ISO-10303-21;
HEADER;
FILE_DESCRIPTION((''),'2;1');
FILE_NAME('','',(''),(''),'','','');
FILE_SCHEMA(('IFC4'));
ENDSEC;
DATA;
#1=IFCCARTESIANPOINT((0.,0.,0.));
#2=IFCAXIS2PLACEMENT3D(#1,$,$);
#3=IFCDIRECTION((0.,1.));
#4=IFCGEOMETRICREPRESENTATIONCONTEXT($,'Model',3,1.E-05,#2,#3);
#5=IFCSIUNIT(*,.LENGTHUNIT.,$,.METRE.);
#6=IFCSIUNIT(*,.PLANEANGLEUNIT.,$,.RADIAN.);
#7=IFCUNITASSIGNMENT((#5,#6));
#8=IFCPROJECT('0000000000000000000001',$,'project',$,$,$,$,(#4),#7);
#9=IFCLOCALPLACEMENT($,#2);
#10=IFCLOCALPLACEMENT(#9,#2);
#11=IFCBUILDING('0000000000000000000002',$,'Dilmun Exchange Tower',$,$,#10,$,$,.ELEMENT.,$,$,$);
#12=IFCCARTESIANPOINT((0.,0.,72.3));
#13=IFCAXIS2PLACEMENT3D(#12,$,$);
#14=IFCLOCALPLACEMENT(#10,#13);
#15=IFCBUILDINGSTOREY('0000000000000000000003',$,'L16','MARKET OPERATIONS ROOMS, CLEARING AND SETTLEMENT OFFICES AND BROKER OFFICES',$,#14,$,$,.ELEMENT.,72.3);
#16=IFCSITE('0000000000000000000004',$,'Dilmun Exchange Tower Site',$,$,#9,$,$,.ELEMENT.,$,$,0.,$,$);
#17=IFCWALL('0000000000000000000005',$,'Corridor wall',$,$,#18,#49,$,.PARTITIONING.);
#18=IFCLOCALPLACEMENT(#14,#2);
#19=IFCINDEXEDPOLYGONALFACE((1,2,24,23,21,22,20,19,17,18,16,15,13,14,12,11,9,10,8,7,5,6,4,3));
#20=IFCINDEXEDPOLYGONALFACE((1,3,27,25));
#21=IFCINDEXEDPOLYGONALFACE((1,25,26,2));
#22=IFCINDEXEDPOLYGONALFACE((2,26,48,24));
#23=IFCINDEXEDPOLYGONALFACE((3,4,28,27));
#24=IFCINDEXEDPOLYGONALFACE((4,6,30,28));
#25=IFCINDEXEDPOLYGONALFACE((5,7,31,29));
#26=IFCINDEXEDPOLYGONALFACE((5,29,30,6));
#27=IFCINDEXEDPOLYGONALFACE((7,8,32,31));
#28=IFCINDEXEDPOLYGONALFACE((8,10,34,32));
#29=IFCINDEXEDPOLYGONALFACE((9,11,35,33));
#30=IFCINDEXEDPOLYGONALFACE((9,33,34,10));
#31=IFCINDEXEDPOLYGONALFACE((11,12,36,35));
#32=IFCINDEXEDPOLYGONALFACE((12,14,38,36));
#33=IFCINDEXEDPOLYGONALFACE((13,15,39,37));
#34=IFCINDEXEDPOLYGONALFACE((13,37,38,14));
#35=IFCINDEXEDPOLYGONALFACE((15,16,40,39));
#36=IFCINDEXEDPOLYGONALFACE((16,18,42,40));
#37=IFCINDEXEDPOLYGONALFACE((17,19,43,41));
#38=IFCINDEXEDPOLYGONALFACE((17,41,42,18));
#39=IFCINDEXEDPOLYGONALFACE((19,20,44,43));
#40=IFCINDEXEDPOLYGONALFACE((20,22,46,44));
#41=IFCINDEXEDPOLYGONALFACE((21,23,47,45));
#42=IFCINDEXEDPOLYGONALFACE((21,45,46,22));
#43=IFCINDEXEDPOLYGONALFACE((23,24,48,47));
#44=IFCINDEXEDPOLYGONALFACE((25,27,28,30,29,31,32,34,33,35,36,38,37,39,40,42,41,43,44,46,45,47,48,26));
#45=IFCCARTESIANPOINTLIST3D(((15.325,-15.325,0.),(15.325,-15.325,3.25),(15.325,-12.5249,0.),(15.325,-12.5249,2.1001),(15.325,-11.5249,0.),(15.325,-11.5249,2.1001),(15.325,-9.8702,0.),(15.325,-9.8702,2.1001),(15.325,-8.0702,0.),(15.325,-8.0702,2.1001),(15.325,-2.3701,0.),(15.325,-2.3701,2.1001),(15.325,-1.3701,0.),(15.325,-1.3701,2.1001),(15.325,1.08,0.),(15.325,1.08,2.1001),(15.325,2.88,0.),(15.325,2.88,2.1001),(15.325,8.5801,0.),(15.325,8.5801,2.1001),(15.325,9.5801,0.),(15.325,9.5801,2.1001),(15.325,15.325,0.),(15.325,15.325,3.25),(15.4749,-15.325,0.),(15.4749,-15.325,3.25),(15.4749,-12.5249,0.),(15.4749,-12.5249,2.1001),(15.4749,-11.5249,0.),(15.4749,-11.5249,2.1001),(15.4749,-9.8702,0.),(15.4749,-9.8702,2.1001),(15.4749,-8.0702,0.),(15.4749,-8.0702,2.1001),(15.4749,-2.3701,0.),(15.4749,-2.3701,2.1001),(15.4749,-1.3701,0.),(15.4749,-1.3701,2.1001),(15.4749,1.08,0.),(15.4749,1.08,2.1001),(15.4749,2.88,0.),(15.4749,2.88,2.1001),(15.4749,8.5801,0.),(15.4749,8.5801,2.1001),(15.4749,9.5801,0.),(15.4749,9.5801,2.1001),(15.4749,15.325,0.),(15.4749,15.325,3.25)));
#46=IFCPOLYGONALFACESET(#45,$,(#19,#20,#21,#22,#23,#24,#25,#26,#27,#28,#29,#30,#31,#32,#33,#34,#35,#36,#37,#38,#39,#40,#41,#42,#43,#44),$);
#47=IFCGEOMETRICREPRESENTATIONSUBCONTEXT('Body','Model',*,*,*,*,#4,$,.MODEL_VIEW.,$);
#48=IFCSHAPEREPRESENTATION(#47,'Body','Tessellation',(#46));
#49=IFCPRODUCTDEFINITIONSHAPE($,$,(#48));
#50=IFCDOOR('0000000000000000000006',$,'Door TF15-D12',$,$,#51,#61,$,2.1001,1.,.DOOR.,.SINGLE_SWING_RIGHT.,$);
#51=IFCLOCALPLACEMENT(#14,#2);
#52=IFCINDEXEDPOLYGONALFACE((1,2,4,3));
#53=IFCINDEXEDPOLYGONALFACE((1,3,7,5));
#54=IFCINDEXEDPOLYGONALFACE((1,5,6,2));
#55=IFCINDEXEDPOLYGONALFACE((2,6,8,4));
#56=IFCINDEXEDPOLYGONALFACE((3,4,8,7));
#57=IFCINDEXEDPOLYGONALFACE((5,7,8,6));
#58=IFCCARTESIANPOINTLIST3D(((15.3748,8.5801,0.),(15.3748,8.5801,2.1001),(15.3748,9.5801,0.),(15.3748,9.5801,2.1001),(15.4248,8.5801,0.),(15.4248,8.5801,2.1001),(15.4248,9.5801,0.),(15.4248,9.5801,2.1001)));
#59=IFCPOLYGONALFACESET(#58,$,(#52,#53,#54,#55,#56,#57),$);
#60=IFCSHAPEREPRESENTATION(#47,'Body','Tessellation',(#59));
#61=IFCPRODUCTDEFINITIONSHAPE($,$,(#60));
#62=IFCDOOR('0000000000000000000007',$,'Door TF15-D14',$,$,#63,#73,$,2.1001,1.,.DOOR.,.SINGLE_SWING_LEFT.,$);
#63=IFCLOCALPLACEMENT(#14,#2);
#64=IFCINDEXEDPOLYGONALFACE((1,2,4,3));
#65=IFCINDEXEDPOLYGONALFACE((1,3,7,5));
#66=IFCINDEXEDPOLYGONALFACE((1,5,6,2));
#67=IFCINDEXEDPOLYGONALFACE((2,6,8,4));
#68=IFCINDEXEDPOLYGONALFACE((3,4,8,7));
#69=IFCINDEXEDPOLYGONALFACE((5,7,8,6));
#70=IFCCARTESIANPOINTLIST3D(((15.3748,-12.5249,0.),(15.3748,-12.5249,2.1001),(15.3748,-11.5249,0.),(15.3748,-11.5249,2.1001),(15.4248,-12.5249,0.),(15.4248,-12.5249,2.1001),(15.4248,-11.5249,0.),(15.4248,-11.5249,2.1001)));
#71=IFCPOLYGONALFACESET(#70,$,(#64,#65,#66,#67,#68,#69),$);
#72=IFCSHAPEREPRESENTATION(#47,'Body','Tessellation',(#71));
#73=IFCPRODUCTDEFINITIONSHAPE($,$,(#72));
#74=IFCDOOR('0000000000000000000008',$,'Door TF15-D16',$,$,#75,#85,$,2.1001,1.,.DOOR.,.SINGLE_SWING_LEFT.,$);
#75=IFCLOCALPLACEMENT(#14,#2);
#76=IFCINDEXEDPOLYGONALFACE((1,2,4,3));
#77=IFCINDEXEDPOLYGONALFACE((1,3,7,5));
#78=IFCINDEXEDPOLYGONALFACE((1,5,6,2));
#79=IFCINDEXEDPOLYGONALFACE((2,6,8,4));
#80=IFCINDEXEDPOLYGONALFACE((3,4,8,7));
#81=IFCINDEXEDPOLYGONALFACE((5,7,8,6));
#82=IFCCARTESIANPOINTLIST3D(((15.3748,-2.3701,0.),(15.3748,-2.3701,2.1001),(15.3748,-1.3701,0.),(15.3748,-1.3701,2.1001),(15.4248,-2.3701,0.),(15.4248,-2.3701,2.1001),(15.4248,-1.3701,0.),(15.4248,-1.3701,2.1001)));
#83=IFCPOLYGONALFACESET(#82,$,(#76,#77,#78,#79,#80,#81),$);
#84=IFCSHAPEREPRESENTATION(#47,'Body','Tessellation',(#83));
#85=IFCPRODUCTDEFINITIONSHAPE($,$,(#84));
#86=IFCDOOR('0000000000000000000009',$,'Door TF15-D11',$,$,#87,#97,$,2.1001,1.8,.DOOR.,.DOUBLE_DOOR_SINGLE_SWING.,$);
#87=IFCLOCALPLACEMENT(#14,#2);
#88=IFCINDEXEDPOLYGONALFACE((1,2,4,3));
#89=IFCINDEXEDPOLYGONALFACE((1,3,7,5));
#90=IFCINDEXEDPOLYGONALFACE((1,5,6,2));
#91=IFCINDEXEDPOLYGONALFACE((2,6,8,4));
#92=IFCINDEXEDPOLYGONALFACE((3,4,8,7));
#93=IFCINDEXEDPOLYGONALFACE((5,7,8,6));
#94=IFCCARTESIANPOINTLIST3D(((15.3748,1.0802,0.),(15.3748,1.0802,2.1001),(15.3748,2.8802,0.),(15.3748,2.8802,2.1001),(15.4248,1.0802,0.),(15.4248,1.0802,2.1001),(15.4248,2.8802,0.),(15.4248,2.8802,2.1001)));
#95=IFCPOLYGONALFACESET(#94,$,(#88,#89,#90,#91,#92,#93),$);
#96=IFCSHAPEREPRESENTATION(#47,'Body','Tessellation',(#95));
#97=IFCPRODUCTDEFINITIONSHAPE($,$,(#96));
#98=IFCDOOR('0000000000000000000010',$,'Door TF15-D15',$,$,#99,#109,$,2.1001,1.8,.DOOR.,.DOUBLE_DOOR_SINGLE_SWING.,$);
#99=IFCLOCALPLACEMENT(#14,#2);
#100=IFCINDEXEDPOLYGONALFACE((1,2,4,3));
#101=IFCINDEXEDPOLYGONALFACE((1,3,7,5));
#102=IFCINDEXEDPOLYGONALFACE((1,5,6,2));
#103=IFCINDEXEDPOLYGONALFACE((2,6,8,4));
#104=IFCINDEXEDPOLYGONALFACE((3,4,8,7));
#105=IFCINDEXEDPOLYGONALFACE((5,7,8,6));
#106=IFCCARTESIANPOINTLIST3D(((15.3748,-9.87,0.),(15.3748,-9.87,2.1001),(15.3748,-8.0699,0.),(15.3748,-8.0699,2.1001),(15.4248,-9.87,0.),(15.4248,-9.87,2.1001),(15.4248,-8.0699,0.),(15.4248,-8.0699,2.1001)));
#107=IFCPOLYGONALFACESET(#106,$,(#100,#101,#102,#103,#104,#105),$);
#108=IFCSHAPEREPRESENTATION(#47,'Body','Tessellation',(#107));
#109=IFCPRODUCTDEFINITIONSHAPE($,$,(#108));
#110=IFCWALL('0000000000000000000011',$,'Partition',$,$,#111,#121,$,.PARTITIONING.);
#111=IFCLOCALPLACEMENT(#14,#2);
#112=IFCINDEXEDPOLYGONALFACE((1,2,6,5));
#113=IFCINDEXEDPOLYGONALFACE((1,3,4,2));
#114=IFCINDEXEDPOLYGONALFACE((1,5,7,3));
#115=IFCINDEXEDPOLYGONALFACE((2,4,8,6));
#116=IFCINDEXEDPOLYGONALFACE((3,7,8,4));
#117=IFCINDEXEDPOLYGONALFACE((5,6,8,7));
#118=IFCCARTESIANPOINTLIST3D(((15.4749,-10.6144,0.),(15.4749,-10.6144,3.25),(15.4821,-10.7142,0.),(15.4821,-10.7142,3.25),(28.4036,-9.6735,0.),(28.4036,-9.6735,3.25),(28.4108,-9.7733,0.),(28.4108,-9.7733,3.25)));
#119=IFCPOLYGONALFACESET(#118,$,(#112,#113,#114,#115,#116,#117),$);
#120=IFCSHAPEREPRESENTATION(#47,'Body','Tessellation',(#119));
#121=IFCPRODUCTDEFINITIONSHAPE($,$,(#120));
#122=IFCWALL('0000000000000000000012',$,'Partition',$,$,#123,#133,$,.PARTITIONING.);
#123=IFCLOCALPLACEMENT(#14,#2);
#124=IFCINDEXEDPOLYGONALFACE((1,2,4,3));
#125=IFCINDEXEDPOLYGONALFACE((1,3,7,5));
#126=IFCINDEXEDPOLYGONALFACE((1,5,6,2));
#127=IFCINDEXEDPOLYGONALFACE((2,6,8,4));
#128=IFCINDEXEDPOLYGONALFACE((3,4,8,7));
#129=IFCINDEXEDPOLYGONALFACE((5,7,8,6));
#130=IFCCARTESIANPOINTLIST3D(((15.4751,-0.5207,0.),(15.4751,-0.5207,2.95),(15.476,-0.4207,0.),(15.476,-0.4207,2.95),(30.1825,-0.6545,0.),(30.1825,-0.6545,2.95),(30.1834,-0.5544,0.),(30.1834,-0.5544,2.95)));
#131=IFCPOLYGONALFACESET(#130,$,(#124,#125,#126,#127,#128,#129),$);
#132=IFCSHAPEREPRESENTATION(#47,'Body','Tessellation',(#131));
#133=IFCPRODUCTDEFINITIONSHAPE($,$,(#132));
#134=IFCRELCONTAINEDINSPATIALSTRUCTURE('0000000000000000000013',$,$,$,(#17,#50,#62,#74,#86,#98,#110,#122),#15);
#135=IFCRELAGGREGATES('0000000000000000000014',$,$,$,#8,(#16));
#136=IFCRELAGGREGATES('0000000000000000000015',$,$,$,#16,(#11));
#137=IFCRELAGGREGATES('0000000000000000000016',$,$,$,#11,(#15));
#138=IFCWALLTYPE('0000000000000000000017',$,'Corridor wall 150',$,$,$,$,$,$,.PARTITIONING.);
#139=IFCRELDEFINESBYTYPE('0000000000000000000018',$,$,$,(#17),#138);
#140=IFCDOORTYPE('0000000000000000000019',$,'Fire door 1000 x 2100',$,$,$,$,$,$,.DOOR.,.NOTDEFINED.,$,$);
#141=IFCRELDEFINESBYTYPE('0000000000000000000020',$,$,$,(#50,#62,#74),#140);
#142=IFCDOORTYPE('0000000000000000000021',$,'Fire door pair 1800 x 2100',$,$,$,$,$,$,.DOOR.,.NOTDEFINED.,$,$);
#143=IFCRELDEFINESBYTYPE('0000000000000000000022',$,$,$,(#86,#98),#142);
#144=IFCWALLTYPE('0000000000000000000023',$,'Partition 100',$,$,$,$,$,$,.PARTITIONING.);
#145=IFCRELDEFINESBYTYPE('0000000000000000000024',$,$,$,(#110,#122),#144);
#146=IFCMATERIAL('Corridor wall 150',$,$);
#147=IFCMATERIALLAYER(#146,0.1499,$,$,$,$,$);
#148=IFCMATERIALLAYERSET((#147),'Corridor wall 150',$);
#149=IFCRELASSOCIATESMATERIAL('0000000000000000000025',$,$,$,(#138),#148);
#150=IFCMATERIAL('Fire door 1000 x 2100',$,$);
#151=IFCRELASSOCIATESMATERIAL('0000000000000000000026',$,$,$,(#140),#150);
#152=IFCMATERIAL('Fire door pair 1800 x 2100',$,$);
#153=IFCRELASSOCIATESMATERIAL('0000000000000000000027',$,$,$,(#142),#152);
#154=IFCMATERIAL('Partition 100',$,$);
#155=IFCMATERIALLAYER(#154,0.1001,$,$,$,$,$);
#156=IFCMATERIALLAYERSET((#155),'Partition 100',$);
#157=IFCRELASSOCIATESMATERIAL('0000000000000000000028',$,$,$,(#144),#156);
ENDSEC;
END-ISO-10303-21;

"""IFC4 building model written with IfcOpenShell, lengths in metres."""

from ifc_helpers import new_model, si_unit, direction, frame, frame_2d, origin, place, context, subcontext, project, spatial, rectangle, extrude, material, layer, layer_set, type_object, element, fill, save


model = new_model("IFC4")

# Units and contexts
model_context = context("Model", 3, precision=1e-05, world=origin(), true_north=direction((0.0, 1.0)))
body_context = subcontext(model_context, "Body", "Model", "MODEL_VIEW")
ifc_project = project(units=[si_unit("LENGTHUNIT", "METRE"), si_unit("PLANEANGLEUNIT", "RADIAN")], contexts=[model_context])

# Site, building, storey
site_placement = place(None, origin())
site = spatial("IfcSite", under=ifc_project, at=site_placement, Name="Dilmun Exchange Tower Site", CompositionType="ELEMENT", RefElevation=0.0)
building_placement = place(site_placement, origin())
building = spatial("IfcBuilding", under=site, at=building_placement, Name="Dilmun Exchange Tower", CompositionType="ELEMENT")
storey_placement = place(building_placement, frame((0.0, 0.0, 72.3)))
storey = spatial("IfcBuildingStorey", under=building, at=storey_placement, Name="L16", Description="MARKET OPERATIONS ROOMS, CLEARING AND SETTLEMENT OFFICES AND BROKER OFFICES", CompositionType="ELEMENT", Elevation=72.3)

# Wall, openings, doors
ifc_material_1 = material(Name="Corridor wall 150")
ifc_layer_1 = layer(ifc_material_1, 0.1499)
ifc_layer_set_1 = layer_set([ifc_layer_1], Name="Corridor wall 150")
wall_type_1 = type_object("IfcWallType", Name="Corridor wall 150", PredefinedType="PARTITIONING", material=ifc_layer_set_1)
wall_1_placement = place(storey_placement, frame((15.3999, -15.325, 0.0), z_axis=(0.0, 0.0, 1.0), x_axis=(0.0, 1.0, 0.0)))
wall_1 = element("IfcWall", 1, at=wall_1_placement, inside=storey, type_object=wall_type_1, Name="Corridor wall", PredefinedType="PARTITIONING", context=body_context, shape_type="SweptSolid", body=[
    extrude(rectangle(XDim=30.6499, YDim=0.1499, at=frame_2d((15.325, 0.0))), origin(), (0.0, 0.0, 1.0), 3.25),
])
opening_1_placement = place(wall_1_placement, frame((16.405, 0.0, 0.0)))
opening_1 = element("IfcOpeningElement", 2, at=opening_1_placement, cuts=wall_1, PredefinedType="OPENING", context=body_context, shape_type="SweptSolid", body=[
    extrude(rectangle(XDim=1.8, YDim=2.1001, at=frame_2d((0.8999, 1.05))), frame((0.0, 0.085, 0.0), z_axis=(0.0, -1.0, 0.0), x_axis=(1.0, 0.0, 0.0)), (0.0, 0.0, 1.0), 0.1699),
])
opening_2_placement = place(wall_1_placement, frame((23.905, 0.0, 0.0)))
opening_2 = element("IfcOpeningElement", 3, at=opening_2_placement, cuts=wall_1, PredefinedType="OPENING", context=body_context, shape_type="SweptSolid", body=[
    extrude(rectangle(XDim=1.0, YDim=2.1001, at=frame_2d((0.5, 1.05))), frame((0.0, 0.085, 0.0), z_axis=(0.0, -1.0, 0.0), x_axis=(1.0, 0.0, 0.0)), (0.0, 0.0, 1.0), 0.1699),
])
opening_3_placement = place(wall_1_placement, frame((2.8, 0.0, 0.0)))
opening_3 = element("IfcOpeningElement", 4, at=opening_3_placement, cuts=wall_1, PredefinedType="OPENING", context=body_context, shape_type="SweptSolid", body=[
    extrude(rectangle(XDim=1.0, YDim=2.1001, at=frame_2d((0.5, 1.05))), frame((0.0, 0.085, 0.0), z_axis=(0.0, -1.0, 0.0), x_axis=(1.0, 0.0, 0.0)), (0.0, 0.0, 1.0), 0.1699),
])
opening_4_placement = place(wall_1_placement, frame((5.4548, 0.0, 0.0)))
opening_4 = element("IfcOpeningElement", 5, at=opening_4_placement, cuts=wall_1, PredefinedType="OPENING", context=body_context, shape_type="SweptSolid", body=[
    extrude(rectangle(XDim=1.8, YDim=2.1001, at=frame_2d((0.8999, 1.05))), frame((0.0, 0.085, 0.0), z_axis=(0.0, -1.0, 0.0), x_axis=(1.0, 0.0, 0.0)), (0.0, 0.0, 1.0), 0.1699),
])
opening_5_placement = place(wall_1_placement, frame((12.9548, 0.0, 0.0)))
opening_5 = element("IfcOpeningElement", 6, at=opening_5_placement, cuts=wall_1, PredefinedType="OPENING", context=body_context, shape_type="SweptSolid", body=[
    extrude(rectangle(XDim=1.0, YDim=2.1001, at=frame_2d((0.5, 1.05))), frame((0.0, 0.085, 0.0), z_axis=(0.0, -1.0, 0.0), x_axis=(1.0, 0.0, 0.0)), (0.0, 0.0, 1.0), 0.1699),
])
ifc_material_2 = material(Name="Fire door 1000 x 2100")
door_type_1 = type_object("IfcDoorType", Name="Fire door 1000 x 2100", OperationType="NOTDEFINED", PredefinedType="DOOR", material=ifc_material_2)
door_1_placement = place(opening_2_placement, frame((1.0, 0.0, 0.0), z_axis=(0.0, 0.0, 1.0), x_axis=(-1.0, 0.0, 0.0)))
door_1 = element("IfcDoor", 7, at=door_1_placement, inside=storey, type_object=door_type_1, Name="Door TF15-D12", OperationType="SINGLE_SWING_RIGHT", OverallHeight=2.1001, OverallWidth=1.0, PredefinedType="DOOR", context=body_context, shape_type="SweptSolid", body=[
    extrude(rectangle(XDim=1.0, YDim=2.1001, at=frame_2d((0.5, 1.05))), frame((0.0, 0.0249, 0.0), z_axis=(0.0, -1.0, 0.0), x_axis=(1.0, 0.0, 0.0)), (0.0, 0.0, 1.0), 0.05),
])
fill(opening_2, door_1)
door_2_placement = place(opening_3_placement, frame((1.0, 0.0, 0.0), z_axis=(0.0, 0.0, 1.0), x_axis=(-1.0, 0.0, 0.0)))
door_2 = element("IfcDoor", 8, at=door_2_placement, inside=storey, type_object=door_type_1, Name="Door TF15-D14", OperationType="SINGLE_SWING_LEFT", OverallHeight=2.1001, OverallWidth=1.0, PredefinedType="DOOR", context=body_context, shape_type="SweptSolid", body=[
    extrude(rectangle(XDim=1.0, YDim=2.1001, at=frame_2d((0.5, 1.05))), frame((0.0, 0.0249, 0.0), z_axis=(0.0, -1.0, 0.0), x_axis=(1.0, 0.0, 0.0)), (0.0, 0.0, 1.0), 0.05),
])
fill(opening_3, door_2)
door_3_placement = place(opening_5_placement, frame((1.0, 0.0, 0.0), z_axis=(0.0, 0.0, 1.0), x_axis=(-1.0, 0.0, 0.0)))
door_3 = element("IfcDoor", 9, at=door_3_placement, inside=storey, type_object=door_type_1, Name="Door TF15-D16", OperationType="SINGLE_SWING_LEFT", OverallHeight=2.1001, OverallWidth=1.0, PredefinedType="DOOR", context=body_context, shape_type="SweptSolid", body=[
    extrude(rectangle(XDim=1.0, YDim=2.1001, at=frame_2d((0.5, 1.05))), frame((0.0, 0.0249, 0.0), z_axis=(0.0, -1.0, 0.0), x_axis=(1.0, 0.0, 0.0)), (0.0, 0.0, 1.0), 0.05),
])
fill(opening_5, door_3)
ifc_material_3 = material(Name="Fire door pair 1800 x 2100")
door_type_2 = type_object("IfcDoorType", Name="Fire door pair 1800 x 2100", OperationType="NOTDEFINED", PredefinedType="DOOR", material=ifc_material_3)
door_4_placement = place(opening_1_placement, frame((1.8, 0.0, 0.0), z_axis=(0.0, 0.0, 1.0), x_axis=(-1.0, 0.0, 0.0)))
door_4 = element("IfcDoor", 10, at=door_4_placement, inside=storey, type_object=door_type_2, Name="Door TF15-D11", OperationType="DOUBLE_DOOR_SINGLE_SWING", OverallHeight=2.1001, OverallWidth=1.8, PredefinedType="DOOR", context=body_context, shape_type="SweptSolid", body=[
    extrude(rectangle(XDim=1.8, YDim=2.1001, at=frame_2d((0.8999, 1.05))), frame((0.0, 0.0249, 0.0), z_axis=(0.0, -1.0, 0.0), x_axis=(1.0, 0.0, 0.0)), (0.0, 0.0, 1.0), 0.05),
])
fill(opening_1, door_4)
door_5_placement = place(opening_4_placement, frame((1.8, 0.0, 0.0), z_axis=(0.0, 0.0, 1.0), x_axis=(-1.0, 0.0, 0.0)))
door_5 = element("IfcDoor", 11, at=door_5_placement, inside=storey, type_object=door_type_2, Name="Door TF15-D15", OperationType="DOUBLE_DOOR_SINGLE_SWING", OverallHeight=2.1001, OverallWidth=1.8, PredefinedType="DOOR", context=body_context, shape_type="SweptSolid", body=[
    extrude(rectangle(XDim=1.8, YDim=2.1001, at=frame_2d((0.8999, 1.05))), frame((0.0, 0.0249, 0.0), z_axis=(0.0, -1.0, 0.0), x_axis=(1.0, 0.0, 0.0)), (0.0, 0.0, 1.0), 0.05),
])
fill(opening_4, door_5)

# Walls
ifc_material_4 = material(Name="Partition 100")
ifc_layer_2 = layer(ifc_material_4, 0.1001)
ifc_layer_set_2 = layer_set([ifc_layer_2], Name="Partition 100")
wall_type_2 = type_object("IfcWallType", Name="Partition 100", PredefinedType="PARTITIONING", material=ifc_layer_set_2)
wall_2_placement = place(storey_placement, frame((15.4785, -10.6643, 0.0), z_axis=(0.0, 0.0, 1.0), x_axis=(0.997362, 0.072585, 0.0)))
element("IfcWall", 12, at=wall_2_placement, inside=storey, type_object=wall_type_2, Name="Partition", PredefinedType="PARTITIONING", context=body_context, shape_type="SweptSolid", body=[
    extrude(rectangle(XDim=12.9629, YDim=0.1001, at=frame_2d((6.4814, 0.0))), origin(), (0.0, 0.0, 1.0), 3.25),
])
wall_3_placement = place(storey_placement, frame((15.4756, -0.4707, 0.0), z_axis=(0.0, 0.0, 1.0), x_axis=(0.999959, -0.009096, 0.0)))
element("IfcWall", 13, at=wall_3_placement, inside=storey, type_object=wall_type_2, Name="Partition", PredefinedType="PARTITIONING", context=body_context, shape_type="SweptSolid", body=[
    extrude(rectangle(XDim=14.708, YDim=0.1001, at=frame_2d((7.354, 0.0))), origin(), (0.0, 0.0, 1.0), 2.95),
])

save(model, "model.ifc")
